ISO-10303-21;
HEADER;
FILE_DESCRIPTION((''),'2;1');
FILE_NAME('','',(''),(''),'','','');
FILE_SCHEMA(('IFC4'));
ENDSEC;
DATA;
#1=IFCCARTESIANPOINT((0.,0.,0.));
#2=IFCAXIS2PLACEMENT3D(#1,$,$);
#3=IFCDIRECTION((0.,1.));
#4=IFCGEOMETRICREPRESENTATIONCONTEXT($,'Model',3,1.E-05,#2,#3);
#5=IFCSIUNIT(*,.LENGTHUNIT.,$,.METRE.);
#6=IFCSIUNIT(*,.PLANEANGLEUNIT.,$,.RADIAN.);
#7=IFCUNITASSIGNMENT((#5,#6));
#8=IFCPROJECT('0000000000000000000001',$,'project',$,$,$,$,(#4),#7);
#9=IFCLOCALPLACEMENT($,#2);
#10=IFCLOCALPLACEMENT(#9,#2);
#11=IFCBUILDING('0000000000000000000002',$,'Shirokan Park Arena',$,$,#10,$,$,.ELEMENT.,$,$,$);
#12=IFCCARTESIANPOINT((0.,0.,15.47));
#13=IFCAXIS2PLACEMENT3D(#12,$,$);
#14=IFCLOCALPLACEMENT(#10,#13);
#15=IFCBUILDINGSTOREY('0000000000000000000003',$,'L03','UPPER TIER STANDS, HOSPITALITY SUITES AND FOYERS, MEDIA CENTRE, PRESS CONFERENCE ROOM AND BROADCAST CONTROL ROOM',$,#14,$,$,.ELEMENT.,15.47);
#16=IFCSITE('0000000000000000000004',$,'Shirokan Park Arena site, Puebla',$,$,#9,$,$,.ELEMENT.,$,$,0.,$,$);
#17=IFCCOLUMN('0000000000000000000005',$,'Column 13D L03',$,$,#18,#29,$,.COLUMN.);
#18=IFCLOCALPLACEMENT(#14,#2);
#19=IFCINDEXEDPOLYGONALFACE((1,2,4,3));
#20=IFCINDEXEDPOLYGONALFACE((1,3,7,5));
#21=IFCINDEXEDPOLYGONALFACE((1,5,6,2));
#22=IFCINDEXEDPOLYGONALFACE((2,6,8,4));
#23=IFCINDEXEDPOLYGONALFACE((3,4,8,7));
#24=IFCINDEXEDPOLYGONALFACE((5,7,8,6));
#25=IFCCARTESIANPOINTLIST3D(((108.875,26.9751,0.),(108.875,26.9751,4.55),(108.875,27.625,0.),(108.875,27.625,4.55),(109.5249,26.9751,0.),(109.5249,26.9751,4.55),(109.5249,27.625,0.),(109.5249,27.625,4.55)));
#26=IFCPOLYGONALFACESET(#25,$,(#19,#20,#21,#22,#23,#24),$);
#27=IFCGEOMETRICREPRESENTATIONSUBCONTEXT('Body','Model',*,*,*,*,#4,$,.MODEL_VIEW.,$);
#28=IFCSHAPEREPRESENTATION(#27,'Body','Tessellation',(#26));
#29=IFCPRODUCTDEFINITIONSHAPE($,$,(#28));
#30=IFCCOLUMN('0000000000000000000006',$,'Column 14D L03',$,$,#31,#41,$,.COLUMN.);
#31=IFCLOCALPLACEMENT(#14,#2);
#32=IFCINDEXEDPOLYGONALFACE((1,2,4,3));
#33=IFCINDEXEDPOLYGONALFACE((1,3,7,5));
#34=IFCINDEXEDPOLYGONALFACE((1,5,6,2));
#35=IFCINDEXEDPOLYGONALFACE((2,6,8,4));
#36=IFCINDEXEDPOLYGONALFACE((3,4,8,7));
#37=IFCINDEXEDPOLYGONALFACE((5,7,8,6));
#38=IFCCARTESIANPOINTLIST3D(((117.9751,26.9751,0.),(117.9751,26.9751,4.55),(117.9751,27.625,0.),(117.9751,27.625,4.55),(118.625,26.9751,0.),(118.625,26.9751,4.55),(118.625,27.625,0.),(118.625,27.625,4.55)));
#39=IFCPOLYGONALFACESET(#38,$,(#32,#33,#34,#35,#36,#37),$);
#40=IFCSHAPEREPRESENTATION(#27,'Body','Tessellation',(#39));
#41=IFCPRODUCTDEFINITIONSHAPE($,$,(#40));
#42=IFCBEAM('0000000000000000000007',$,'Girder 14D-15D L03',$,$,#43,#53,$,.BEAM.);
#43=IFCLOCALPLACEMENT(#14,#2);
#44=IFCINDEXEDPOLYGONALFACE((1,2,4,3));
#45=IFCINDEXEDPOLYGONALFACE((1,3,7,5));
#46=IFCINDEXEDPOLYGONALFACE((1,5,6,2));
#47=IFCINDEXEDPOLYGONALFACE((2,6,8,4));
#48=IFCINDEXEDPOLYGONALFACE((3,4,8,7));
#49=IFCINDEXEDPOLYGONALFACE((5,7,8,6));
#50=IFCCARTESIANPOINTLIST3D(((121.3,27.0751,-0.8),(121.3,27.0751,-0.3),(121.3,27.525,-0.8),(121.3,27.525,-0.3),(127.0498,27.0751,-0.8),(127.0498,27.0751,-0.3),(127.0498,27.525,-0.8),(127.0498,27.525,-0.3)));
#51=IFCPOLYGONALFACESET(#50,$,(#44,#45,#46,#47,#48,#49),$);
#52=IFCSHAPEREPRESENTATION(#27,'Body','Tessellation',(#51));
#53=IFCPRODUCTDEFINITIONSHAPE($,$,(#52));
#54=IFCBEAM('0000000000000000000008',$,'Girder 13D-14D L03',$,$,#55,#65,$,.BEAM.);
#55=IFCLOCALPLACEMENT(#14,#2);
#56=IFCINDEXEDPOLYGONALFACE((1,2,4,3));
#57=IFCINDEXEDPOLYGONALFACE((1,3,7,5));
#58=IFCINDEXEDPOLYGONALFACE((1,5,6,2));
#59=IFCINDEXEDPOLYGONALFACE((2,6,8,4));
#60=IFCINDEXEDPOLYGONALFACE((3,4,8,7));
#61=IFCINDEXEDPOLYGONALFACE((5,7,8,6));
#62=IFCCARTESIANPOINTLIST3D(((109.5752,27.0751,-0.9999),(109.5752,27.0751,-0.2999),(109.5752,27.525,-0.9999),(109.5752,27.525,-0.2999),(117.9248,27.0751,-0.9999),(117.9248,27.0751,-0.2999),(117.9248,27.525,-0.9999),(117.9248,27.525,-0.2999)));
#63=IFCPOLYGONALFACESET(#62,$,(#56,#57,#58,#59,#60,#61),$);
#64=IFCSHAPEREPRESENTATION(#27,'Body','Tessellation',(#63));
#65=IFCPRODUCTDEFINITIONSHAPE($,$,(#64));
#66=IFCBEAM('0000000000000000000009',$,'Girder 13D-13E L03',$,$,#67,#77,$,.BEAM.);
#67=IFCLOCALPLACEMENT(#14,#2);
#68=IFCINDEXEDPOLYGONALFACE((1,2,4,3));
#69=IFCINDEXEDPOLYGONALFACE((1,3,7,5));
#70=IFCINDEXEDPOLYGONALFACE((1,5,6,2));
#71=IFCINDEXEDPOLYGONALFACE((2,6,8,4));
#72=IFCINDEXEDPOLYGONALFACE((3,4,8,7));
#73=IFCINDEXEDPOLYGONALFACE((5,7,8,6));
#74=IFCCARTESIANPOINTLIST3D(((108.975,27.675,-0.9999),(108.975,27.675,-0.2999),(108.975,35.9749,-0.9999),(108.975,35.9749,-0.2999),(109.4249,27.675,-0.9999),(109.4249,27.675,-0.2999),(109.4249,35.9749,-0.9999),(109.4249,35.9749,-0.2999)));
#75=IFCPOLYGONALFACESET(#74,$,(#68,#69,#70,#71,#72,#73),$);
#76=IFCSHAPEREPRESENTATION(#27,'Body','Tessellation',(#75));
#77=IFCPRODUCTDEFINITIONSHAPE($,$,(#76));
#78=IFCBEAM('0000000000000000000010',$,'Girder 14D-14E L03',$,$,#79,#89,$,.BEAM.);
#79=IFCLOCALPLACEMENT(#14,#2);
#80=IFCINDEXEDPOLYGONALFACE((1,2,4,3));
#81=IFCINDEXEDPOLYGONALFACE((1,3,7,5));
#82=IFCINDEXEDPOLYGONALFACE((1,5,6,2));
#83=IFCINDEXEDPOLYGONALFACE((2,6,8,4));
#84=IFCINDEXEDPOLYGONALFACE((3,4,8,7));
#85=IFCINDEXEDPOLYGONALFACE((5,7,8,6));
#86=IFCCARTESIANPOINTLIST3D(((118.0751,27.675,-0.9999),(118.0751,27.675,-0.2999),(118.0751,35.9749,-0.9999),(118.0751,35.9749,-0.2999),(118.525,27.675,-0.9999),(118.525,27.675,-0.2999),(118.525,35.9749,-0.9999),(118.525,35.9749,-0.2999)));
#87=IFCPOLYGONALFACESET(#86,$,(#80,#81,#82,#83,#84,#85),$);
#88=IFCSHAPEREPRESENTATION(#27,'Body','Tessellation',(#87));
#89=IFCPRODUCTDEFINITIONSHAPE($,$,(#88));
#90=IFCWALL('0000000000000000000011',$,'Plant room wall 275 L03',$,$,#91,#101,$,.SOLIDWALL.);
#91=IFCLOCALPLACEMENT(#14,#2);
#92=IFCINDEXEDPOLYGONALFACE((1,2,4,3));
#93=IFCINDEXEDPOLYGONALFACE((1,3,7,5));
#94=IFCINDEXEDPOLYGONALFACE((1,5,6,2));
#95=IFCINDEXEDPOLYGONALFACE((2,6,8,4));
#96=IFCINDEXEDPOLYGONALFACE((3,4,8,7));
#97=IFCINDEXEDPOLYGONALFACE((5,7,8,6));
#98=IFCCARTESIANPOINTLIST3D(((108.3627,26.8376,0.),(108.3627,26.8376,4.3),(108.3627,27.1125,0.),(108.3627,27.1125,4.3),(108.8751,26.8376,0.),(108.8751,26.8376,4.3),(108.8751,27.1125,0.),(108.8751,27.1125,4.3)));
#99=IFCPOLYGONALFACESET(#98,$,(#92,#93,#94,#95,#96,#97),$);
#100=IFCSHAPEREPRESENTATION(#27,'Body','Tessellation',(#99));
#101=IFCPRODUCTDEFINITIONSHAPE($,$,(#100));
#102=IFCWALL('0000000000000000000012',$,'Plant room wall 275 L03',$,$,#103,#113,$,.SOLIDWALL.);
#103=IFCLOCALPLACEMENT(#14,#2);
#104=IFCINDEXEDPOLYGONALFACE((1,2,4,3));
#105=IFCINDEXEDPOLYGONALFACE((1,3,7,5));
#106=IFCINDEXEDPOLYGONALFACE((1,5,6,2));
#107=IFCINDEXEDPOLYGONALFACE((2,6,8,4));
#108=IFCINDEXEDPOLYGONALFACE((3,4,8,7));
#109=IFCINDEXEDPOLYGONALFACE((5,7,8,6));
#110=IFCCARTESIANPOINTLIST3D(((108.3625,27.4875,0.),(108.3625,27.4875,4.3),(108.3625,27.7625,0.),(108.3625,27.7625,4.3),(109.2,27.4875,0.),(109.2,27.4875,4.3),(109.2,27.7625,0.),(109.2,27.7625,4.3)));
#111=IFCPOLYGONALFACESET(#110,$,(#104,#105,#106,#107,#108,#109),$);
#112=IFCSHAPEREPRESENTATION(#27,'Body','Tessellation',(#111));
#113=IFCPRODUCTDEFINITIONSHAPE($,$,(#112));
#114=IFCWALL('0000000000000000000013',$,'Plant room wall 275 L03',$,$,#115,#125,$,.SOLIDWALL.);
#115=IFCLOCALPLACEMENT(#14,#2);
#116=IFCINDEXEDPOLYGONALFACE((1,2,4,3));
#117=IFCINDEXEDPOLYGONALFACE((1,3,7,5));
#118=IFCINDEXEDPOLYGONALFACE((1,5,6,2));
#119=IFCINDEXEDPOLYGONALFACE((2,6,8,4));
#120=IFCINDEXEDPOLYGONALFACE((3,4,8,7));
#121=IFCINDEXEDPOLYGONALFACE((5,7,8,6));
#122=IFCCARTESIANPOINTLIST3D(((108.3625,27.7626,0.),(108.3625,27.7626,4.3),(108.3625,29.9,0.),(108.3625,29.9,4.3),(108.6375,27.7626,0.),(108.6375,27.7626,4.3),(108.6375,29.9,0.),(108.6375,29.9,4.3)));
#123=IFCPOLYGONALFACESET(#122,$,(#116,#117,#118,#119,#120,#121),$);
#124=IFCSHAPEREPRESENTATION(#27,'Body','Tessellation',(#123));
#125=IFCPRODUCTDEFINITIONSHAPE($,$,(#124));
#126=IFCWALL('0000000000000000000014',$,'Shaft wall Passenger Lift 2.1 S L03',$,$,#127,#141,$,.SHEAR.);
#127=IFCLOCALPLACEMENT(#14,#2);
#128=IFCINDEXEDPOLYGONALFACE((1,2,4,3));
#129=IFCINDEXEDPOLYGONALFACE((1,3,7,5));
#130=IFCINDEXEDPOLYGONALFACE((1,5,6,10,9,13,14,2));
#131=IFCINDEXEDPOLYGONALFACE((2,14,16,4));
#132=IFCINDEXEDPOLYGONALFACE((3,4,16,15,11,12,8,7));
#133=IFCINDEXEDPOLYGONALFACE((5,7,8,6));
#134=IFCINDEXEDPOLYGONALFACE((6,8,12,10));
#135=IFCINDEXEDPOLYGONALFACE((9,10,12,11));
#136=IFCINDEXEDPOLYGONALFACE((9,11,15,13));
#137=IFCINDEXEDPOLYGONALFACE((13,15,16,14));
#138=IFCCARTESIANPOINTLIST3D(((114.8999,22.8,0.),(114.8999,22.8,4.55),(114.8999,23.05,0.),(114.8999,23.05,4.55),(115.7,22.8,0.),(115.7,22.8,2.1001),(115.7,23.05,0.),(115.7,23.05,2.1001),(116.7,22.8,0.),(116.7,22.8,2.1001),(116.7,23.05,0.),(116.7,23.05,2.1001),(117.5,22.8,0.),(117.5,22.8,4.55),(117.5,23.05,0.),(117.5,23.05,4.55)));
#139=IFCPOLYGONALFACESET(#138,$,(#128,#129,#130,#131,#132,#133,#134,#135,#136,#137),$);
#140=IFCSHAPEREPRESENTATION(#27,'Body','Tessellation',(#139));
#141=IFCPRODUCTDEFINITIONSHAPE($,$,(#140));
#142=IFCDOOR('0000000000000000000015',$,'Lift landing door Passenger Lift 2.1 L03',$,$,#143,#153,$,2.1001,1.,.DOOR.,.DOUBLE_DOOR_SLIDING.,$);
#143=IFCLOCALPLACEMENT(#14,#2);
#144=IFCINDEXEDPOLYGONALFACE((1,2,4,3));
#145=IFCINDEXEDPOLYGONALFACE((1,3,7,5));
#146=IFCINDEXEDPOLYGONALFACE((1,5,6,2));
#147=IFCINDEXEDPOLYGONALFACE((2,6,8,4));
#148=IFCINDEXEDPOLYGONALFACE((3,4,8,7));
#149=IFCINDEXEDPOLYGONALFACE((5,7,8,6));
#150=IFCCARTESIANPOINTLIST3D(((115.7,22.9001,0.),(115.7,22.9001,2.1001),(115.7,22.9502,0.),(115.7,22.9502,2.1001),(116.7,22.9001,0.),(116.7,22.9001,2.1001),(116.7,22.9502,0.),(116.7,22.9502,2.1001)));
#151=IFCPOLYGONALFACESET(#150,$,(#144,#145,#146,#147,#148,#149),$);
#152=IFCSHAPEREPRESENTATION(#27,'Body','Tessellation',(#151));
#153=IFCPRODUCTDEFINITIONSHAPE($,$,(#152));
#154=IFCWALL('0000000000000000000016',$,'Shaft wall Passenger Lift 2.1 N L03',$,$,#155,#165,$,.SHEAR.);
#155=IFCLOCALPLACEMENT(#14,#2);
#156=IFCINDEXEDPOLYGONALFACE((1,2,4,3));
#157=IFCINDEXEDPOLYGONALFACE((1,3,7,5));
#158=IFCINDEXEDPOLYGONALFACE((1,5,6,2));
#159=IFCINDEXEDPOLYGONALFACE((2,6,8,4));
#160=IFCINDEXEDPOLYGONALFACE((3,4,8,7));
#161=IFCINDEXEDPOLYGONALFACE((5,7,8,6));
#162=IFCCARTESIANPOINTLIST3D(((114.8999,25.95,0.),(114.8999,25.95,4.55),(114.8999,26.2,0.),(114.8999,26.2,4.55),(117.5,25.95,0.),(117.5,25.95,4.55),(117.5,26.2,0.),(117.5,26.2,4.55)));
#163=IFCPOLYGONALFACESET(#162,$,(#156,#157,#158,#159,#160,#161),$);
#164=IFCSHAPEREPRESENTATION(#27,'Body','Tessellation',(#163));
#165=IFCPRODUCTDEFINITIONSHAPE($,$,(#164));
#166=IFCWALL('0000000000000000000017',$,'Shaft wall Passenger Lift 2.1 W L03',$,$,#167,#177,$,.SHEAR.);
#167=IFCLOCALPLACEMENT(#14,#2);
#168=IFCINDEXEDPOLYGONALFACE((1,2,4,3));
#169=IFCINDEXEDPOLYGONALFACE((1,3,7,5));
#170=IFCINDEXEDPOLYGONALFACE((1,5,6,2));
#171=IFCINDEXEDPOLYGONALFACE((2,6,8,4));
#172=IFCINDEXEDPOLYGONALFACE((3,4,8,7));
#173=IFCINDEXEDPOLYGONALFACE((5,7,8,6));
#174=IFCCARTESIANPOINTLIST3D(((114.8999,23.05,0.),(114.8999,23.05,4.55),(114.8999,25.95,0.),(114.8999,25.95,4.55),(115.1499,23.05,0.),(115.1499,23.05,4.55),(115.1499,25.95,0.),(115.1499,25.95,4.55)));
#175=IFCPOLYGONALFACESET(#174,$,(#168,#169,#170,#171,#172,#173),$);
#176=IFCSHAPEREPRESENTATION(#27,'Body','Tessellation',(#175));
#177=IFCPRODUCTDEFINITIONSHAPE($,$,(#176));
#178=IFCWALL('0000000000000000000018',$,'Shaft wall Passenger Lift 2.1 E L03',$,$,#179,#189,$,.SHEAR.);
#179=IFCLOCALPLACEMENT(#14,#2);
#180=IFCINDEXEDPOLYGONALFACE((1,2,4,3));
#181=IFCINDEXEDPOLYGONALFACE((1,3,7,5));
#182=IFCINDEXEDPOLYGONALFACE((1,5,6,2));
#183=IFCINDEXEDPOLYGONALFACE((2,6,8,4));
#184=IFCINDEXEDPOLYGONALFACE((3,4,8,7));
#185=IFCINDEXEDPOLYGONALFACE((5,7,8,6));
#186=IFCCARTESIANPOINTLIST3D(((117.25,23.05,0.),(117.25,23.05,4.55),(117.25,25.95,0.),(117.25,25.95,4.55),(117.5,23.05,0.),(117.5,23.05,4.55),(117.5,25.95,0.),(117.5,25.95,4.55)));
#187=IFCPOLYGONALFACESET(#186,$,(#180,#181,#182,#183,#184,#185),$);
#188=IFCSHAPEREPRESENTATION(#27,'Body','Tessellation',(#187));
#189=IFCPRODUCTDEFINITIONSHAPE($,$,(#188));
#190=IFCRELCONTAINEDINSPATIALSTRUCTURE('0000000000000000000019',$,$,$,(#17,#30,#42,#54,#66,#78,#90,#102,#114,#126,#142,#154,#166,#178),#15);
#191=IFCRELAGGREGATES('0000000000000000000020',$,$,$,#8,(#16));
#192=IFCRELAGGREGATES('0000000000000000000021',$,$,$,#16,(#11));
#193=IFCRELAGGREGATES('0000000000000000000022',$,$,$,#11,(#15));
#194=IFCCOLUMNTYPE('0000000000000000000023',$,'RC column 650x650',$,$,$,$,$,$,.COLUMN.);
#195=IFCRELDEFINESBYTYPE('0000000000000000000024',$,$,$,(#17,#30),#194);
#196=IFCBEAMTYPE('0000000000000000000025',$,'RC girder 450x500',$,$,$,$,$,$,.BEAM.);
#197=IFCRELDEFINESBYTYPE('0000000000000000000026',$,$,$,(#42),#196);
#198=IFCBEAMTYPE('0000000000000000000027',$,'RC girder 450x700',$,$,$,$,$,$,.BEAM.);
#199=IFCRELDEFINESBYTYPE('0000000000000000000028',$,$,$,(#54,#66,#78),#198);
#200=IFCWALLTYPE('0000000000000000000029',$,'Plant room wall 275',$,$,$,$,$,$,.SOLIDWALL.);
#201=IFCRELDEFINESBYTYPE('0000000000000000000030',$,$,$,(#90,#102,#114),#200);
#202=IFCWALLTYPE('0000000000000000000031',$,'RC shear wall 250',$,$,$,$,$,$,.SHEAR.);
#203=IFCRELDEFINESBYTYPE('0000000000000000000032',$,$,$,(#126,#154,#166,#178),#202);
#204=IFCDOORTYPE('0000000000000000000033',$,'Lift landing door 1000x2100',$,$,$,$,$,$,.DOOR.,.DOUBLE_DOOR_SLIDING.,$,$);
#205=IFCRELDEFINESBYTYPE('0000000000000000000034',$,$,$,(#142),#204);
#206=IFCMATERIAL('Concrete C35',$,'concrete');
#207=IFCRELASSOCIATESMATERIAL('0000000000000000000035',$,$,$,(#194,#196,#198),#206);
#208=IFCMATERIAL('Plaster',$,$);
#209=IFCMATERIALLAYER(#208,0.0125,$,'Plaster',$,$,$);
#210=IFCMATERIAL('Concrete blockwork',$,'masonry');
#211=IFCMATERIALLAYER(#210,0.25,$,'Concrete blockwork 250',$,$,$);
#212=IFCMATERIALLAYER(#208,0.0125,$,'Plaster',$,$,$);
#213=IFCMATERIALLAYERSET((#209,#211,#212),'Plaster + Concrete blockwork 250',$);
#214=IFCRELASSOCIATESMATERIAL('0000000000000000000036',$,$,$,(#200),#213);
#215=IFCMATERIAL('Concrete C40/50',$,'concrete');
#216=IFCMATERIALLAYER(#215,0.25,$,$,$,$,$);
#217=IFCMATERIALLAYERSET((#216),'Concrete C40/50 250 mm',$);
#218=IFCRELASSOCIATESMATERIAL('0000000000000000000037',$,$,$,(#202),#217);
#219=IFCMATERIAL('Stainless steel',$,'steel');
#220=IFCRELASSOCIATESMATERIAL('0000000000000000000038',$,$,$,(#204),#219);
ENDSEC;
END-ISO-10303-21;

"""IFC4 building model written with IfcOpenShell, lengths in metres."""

from ifc_helpers import new_model, si_unit, direction, frame, frame_2d, origin, origin_2d, place, context, subcontext, project, spatial, rectangle, extrude, material, layer, layer_set, material_profile, profile_set, type_object, element, fill, save


model = new_model("IFC4")

# Units and contexts
model_context = context("Model", 3, precision=1e-05, world=origin(), true_north=direction((0.0, 1.0)))
body_context = subcontext(model_context, "Body", "Model", "MODEL_VIEW")
ifc_project = project(units=[si_unit("LENGTHUNIT", "METRE"), si_unit("PLANEANGLEUNIT", "RADIAN")], contexts=[model_context])

# Site, building, storey
site_placement = place(None, origin())
site = spatial("IfcSite", under=ifc_project, at=site_placement, Name="Shirokan Park Arena site, Puebla", CompositionType="ELEMENT", RefElevation=0.0)
building_placement = place(site_placement, origin())
building = spatial("IfcBuilding", under=site, at=building_placement, Name="Shirokan Park Arena", CompositionType="ELEMENT")
storey_placement = place(building_placement, frame((0.0, 0.0, 15.47)))
storey = spatial("IfcBuildingStorey", under=building, at=storey_placement, Name="L03", Description="UPPER TIER STANDS, HOSPITALITY SUITES AND FOYERS, MEDIA CENTRE, PRESS CONFERENCE ROOM AND BROADCAST CONTROL ROOM", CompositionType="ELEMENT", Elevation=15.47)

# Columns
ifc_material_1 = material(Name="Concrete C35", Category="concrete")
ifc_material_profile_1 = material_profile(ifc_material_1, rectangle(XDim=0.6499, YDim=0.6499, at=origin_2d()), Name="650x650")
ifc_profile_set_1 = profile_set([ifc_material_profile_1], Name="Concrete C35")
column_type = type_object("IfcColumnType", Name="RC column 650x650", PredefinedType="COLUMN", material=ifc_profile_set_1)
for number, where, z_axis, x_axis, name in (
    (1, (109.2, 27.3, 0.0), (0.0, 0.0, 1.0), (1.0, 0.0, 0.0), "Column 13D L03"),
    (2, (118.3, 27.3, 0.0), (0.0, 0.0, 1.0), (1.0, 0.0, 0.0), "Column 14D L03"),
):
    element("IfcColumn", number, at=place(storey_placement, frame(where, z_axis=z_axis, x_axis=x_axis)), inside=storey, type_object=column_type, Name=name, PredefinedType="COLUMN", context=body_context, shape_type="SweptSolid", body=[
        extrude(rectangle(XDim=0.6499, YDim=0.6499, at=origin_2d()), origin(), (0.0, 0.0, 1.0), 4.55),
    ])

# Beams
ifc_material_profile_2 = material_profile(ifc_material_1, rectangle(XDim=0.45, YDim=0.5, at=origin_2d()), Name="450x500")
ifc_profile_set_2 = profile_set([ifc_material_profile_2], Name="Concrete C35")
beam_type_1 = type_object("IfcBeamType", Name="RC girder 450x500", PredefinedType="BEAM", material=ifc_profile_set_2)
beam_1_placement = place(storey_placement, frame((121.3, 27.3, -0.55), z_axis=(1.0, 0.0, 0.0), x_axis=(0.0, 1.0, 0.0)))
element("IfcBeam", 3, at=beam_1_placement, inside=storey, type_object=beam_type_1, Name="Girder 14D-15D L03", PredefinedType="BEAM", context=body_context, shape_type="SweptSolid", body=[
    extrude(rectangle(XDim=0.45, YDim=0.5, at=origin_2d()), origin(), (0.0, 0.0, 1.0), 5.7498),
])
ifc_material_profile_3 = material_profile(ifc_material_1, rectangle(XDim=0.45, YDim=0.7, at=origin_2d()), Name="450x700")
ifc_profile_set_3 = profile_set([ifc_material_profile_3], Name="Concrete C35")
beam_type_2 = type_object("IfcBeamType", Name="RC girder 450x700", PredefinedType="BEAM", material=ifc_profile_set_3)
beam_2_placement = place(storey_placement, frame((109.5752, 27.3, -0.6499), z_axis=(1.0, 0.0, 0.0), x_axis=(0.0, 1.0, 0.0)))
element("IfcBeam", 4, at=beam_2_placement, inside=storey, type_object=beam_type_2, Name="Girder 13D-14D L03", PredefinedType="BEAM", context=body_context, shape_type="SweptSolid", body=[
    extrude(rectangle(XDim=0.45, YDim=0.7, at=origin_2d()), origin(), (0.0, 0.0, 1.0), 8.3496),
])
for number, where, z_axis, x_axis, name in (
    (5, (109.2, 27.675, -0.6499), (0.0, 1.0, 0.0), (-1.0, 0.0, 0.0), "Girder 13D-13E L03"),
    (6, (118.3, 27.675, -0.6499), (0.0, 1.0, 0.0), (-1.0, 0.0, 0.0), "Girder 14D-14E L03"),
):
    element("IfcBeam", number, at=place(storey_placement, frame(where, z_axis=z_axis, x_axis=x_axis)), inside=storey, type_object=beam_type_2, Name=name, PredefinedType="BEAM", context=body_context, shape_type="SweptSolid", body=[
        extrude(rectangle(XDim=0.45, YDim=0.7, at=origin_2d()), origin(), (0.0, 0.0, 1.0), 8.2998),
    ])

# Walls
ifc_material_2 = material(Name="Plaster")
ifc_layer_1 = layer(ifc_material_2, 0.0125, Name="Plaster")
ifc_material_3 = material(Name="Concrete blockwork", Category="masonry")
ifc_layer_2 = layer(ifc_material_3, 0.25, Name="Concrete blockwork 250")
ifc_layer_3 = layer(ifc_material_2, 0.0125, Name="Plaster")
ifc_layer_set_1 = layer_set([ifc_layer_1, ifc_layer_2, ifc_layer_3], Name="Plaster + Concrete blockwork 250")
wall_type_1 = type_object("IfcWallType", Name="Plant room wall 275", PredefinedType="SOLIDWALL", material=ifc_layer_set_1)
wall_1_placement = place(storey_placement, frame((108.3625, 26.9751, 0.0), z_axis=(0.0, 0.0, 1.0), x_axis=(1.0, 0.0, 0.0)))
element("IfcWall", 7, at=wall_1_placement, inside=storey, type_object=wall_type_1, Name="Plant room wall 275 L03", PredefinedType="SOLIDWALL", context=body_context, shape_type="SweptSolid", body=[
    extrude(rectangle(XDim=0.5125, YDim=0.2749, at=frame_2d((0.2563, 0.0))), origin(), (0.0, 0.0, 1.0), 4.3),
])
wall_2_placement = place(storey_placement, frame((108.3625, 27.625, 0.0), z_axis=(0.0, 0.0, 1.0), x_axis=(1.0, 0.0, 0.0)))
element("IfcWall", 8, at=wall_2_placement, inside=storey, type_object=wall_type_1, Name="Plant room wall 275 L03", PredefinedType="SOLIDWALL", context=body_context, shape_type="SweptSolid", body=[
    extrude(rectangle(XDim=0.8374, YDim=0.2749, at=frame_2d((0.4187, 0.0))), origin(), (0.0, 0.0, 1.0), 4.3),
])
wall_3_placement = place(storey_placement, frame((108.5, 27.7625, 0.0), z_axis=(0.0, 0.0, 1.0), x_axis=(0.0, 1.0, 0.0)))
element("IfcWall", 9, at=wall_3_placement, inside=storey, type_object=wall_type_1, Name="Plant room wall 275 L03", PredefinedType="SOLIDWALL", context=body_context, shape_type="SweptSolid", body=[
    extrude(rectangle(XDim=2.1375, YDim=0.2749, at=frame_2d((1.0688, 0.0))), origin(), (0.0, 0.0, 1.0), 4.3),
])

# Wall, opening, door
ifc_material_4 = material(Name="Concrete C40/50", Category="concrete")
ifc_layer_4 = layer(ifc_material_4, 0.25)
ifc_layer_set_2 = layer_set([ifc_layer_4], Name="Concrete C40/50 250 mm")
wall_type_2 = type_object("IfcWallType", Name="RC shear wall 250", PredefinedType="SHEAR", material=ifc_layer_set_2)
wall_4_placement = place(storey_placement, frame((117.5, 22.925, 0.0), z_axis=(0.0, 0.0, 1.0), x_axis=(-1.0, 0.0, 0.0)))
wall_4 = element("IfcWall", 10, at=wall_4_placement, inside=storey, type_object=wall_type_2, Name="Shaft wall Passenger Lift 2.1 S L03", PredefinedType="SHEAR", context=body_context, shape_type="SweptSolid", body=[
    extrude(rectangle(XDim=2.6001, YDim=0.25, at=frame_2d((1.3, 0.0))), origin(), (0.0, 0.0, 1.0), 4.55),
])
opening_1_placement = place(wall_4_placement, frame((0.8, 0.0, 0.0)))
opening_1 = element("IfcOpeningElement", 11, at=opening_1_placement, cuts=wall_4, PredefinedType="OPENING", context=body_context, shape_type="SweptSolid", body=[
    extrude(rectangle(XDim=1.0, YDim=2.1001, at=frame_2d((0.5, 1.05))), frame((0.0, 0.135, 0.0), z_axis=(0.0, -1.0, 0.0), x_axis=(1.0, 0.0, 0.0)), (0.0, 0.0, 1.0), 0.27),
])
ifc_material_5 = material(Name="Stainless steel", Category="steel")
door_type_1 = type_object("IfcDoorType", Name="Lift landing door 1000x2100", OperationType="DOUBLE_DOOR_SLIDING", PredefinedType="DOOR", material=ifc_material_5)
door_1_placement = place(opening_1_placement, origin())
door_1 = element("IfcDoor", 12, at=door_1_placement, inside=storey, type_object=door_type_1, Name="Lift landing door Passenger Lift 2.1 L03", OperationType="DOUBLE_DOOR_SLIDING", OverallHeight=2.1001, OverallWidth=1.0, PredefinedType="DOOR", context=body_context, shape_type="SweptSolid", body=[
    extrude(rectangle(XDim=1.0, YDim=2.1001, at=frame_2d((0.5, 1.05))), frame((0.0, 0.0249, 0.0), z_axis=(0.0, -1.0, 0.0), x_axis=(1.0, 0.0, 0.0)), (0.0, 0.0, 1.0), 0.05),
])
fill(opening_1, door_1)

# Walls
wall_5_placement = place(storey_placement, frame((117.5, 26.075, 0.0), z_axis=(0.0, 0.0, 1.0), x_axis=(-1.0, 0.0, 0.0)))
element("IfcWall", 13, at=wall_5_placement, inside=storey, type_object=wall_type_2, Name="Shaft wall Passenger Lift 2.1 N L03", PredefinedType="SHEAR", context=body_context, shape_type="SweptSolid", body=[
    extrude(rectangle(XDim=2.6001, YDim=0.25, at=frame_2d((1.3, 0.0))), origin(), (0.0, 0.0, 1.0), 4.55),
])
for number, where, z_axis, x_axis, name in (
    (14, (115.0249, 25.95, 0.0), (0.0, 0.0, 1.0), (0.0, -1.0, 0.0), "Shaft wall Passenger Lift 2.1 W L03"),
    (15, (117.375, 25.95, 0.0), (0.0, 0.0, 1.0), (0.0, -1.0, 0.0), "Shaft wall Passenger Lift 2.1 E L03"),
):
    element("IfcWall", number, at=place(storey_placement, frame(where, z_axis=z_axis, x_axis=x_axis)), inside=storey, type_object=wall_type_2, Name=name, PredefinedType="SHEAR", context=body_context, shape_type="SweptSolid", body=[
        extrude(rectangle(XDim=2.8999, YDim=0.25, at=frame_2d((1.45, 0.0))), origin(), (0.0, 0.0, 1.0), 4.55),
    ])

save(model, "model.ifc")
